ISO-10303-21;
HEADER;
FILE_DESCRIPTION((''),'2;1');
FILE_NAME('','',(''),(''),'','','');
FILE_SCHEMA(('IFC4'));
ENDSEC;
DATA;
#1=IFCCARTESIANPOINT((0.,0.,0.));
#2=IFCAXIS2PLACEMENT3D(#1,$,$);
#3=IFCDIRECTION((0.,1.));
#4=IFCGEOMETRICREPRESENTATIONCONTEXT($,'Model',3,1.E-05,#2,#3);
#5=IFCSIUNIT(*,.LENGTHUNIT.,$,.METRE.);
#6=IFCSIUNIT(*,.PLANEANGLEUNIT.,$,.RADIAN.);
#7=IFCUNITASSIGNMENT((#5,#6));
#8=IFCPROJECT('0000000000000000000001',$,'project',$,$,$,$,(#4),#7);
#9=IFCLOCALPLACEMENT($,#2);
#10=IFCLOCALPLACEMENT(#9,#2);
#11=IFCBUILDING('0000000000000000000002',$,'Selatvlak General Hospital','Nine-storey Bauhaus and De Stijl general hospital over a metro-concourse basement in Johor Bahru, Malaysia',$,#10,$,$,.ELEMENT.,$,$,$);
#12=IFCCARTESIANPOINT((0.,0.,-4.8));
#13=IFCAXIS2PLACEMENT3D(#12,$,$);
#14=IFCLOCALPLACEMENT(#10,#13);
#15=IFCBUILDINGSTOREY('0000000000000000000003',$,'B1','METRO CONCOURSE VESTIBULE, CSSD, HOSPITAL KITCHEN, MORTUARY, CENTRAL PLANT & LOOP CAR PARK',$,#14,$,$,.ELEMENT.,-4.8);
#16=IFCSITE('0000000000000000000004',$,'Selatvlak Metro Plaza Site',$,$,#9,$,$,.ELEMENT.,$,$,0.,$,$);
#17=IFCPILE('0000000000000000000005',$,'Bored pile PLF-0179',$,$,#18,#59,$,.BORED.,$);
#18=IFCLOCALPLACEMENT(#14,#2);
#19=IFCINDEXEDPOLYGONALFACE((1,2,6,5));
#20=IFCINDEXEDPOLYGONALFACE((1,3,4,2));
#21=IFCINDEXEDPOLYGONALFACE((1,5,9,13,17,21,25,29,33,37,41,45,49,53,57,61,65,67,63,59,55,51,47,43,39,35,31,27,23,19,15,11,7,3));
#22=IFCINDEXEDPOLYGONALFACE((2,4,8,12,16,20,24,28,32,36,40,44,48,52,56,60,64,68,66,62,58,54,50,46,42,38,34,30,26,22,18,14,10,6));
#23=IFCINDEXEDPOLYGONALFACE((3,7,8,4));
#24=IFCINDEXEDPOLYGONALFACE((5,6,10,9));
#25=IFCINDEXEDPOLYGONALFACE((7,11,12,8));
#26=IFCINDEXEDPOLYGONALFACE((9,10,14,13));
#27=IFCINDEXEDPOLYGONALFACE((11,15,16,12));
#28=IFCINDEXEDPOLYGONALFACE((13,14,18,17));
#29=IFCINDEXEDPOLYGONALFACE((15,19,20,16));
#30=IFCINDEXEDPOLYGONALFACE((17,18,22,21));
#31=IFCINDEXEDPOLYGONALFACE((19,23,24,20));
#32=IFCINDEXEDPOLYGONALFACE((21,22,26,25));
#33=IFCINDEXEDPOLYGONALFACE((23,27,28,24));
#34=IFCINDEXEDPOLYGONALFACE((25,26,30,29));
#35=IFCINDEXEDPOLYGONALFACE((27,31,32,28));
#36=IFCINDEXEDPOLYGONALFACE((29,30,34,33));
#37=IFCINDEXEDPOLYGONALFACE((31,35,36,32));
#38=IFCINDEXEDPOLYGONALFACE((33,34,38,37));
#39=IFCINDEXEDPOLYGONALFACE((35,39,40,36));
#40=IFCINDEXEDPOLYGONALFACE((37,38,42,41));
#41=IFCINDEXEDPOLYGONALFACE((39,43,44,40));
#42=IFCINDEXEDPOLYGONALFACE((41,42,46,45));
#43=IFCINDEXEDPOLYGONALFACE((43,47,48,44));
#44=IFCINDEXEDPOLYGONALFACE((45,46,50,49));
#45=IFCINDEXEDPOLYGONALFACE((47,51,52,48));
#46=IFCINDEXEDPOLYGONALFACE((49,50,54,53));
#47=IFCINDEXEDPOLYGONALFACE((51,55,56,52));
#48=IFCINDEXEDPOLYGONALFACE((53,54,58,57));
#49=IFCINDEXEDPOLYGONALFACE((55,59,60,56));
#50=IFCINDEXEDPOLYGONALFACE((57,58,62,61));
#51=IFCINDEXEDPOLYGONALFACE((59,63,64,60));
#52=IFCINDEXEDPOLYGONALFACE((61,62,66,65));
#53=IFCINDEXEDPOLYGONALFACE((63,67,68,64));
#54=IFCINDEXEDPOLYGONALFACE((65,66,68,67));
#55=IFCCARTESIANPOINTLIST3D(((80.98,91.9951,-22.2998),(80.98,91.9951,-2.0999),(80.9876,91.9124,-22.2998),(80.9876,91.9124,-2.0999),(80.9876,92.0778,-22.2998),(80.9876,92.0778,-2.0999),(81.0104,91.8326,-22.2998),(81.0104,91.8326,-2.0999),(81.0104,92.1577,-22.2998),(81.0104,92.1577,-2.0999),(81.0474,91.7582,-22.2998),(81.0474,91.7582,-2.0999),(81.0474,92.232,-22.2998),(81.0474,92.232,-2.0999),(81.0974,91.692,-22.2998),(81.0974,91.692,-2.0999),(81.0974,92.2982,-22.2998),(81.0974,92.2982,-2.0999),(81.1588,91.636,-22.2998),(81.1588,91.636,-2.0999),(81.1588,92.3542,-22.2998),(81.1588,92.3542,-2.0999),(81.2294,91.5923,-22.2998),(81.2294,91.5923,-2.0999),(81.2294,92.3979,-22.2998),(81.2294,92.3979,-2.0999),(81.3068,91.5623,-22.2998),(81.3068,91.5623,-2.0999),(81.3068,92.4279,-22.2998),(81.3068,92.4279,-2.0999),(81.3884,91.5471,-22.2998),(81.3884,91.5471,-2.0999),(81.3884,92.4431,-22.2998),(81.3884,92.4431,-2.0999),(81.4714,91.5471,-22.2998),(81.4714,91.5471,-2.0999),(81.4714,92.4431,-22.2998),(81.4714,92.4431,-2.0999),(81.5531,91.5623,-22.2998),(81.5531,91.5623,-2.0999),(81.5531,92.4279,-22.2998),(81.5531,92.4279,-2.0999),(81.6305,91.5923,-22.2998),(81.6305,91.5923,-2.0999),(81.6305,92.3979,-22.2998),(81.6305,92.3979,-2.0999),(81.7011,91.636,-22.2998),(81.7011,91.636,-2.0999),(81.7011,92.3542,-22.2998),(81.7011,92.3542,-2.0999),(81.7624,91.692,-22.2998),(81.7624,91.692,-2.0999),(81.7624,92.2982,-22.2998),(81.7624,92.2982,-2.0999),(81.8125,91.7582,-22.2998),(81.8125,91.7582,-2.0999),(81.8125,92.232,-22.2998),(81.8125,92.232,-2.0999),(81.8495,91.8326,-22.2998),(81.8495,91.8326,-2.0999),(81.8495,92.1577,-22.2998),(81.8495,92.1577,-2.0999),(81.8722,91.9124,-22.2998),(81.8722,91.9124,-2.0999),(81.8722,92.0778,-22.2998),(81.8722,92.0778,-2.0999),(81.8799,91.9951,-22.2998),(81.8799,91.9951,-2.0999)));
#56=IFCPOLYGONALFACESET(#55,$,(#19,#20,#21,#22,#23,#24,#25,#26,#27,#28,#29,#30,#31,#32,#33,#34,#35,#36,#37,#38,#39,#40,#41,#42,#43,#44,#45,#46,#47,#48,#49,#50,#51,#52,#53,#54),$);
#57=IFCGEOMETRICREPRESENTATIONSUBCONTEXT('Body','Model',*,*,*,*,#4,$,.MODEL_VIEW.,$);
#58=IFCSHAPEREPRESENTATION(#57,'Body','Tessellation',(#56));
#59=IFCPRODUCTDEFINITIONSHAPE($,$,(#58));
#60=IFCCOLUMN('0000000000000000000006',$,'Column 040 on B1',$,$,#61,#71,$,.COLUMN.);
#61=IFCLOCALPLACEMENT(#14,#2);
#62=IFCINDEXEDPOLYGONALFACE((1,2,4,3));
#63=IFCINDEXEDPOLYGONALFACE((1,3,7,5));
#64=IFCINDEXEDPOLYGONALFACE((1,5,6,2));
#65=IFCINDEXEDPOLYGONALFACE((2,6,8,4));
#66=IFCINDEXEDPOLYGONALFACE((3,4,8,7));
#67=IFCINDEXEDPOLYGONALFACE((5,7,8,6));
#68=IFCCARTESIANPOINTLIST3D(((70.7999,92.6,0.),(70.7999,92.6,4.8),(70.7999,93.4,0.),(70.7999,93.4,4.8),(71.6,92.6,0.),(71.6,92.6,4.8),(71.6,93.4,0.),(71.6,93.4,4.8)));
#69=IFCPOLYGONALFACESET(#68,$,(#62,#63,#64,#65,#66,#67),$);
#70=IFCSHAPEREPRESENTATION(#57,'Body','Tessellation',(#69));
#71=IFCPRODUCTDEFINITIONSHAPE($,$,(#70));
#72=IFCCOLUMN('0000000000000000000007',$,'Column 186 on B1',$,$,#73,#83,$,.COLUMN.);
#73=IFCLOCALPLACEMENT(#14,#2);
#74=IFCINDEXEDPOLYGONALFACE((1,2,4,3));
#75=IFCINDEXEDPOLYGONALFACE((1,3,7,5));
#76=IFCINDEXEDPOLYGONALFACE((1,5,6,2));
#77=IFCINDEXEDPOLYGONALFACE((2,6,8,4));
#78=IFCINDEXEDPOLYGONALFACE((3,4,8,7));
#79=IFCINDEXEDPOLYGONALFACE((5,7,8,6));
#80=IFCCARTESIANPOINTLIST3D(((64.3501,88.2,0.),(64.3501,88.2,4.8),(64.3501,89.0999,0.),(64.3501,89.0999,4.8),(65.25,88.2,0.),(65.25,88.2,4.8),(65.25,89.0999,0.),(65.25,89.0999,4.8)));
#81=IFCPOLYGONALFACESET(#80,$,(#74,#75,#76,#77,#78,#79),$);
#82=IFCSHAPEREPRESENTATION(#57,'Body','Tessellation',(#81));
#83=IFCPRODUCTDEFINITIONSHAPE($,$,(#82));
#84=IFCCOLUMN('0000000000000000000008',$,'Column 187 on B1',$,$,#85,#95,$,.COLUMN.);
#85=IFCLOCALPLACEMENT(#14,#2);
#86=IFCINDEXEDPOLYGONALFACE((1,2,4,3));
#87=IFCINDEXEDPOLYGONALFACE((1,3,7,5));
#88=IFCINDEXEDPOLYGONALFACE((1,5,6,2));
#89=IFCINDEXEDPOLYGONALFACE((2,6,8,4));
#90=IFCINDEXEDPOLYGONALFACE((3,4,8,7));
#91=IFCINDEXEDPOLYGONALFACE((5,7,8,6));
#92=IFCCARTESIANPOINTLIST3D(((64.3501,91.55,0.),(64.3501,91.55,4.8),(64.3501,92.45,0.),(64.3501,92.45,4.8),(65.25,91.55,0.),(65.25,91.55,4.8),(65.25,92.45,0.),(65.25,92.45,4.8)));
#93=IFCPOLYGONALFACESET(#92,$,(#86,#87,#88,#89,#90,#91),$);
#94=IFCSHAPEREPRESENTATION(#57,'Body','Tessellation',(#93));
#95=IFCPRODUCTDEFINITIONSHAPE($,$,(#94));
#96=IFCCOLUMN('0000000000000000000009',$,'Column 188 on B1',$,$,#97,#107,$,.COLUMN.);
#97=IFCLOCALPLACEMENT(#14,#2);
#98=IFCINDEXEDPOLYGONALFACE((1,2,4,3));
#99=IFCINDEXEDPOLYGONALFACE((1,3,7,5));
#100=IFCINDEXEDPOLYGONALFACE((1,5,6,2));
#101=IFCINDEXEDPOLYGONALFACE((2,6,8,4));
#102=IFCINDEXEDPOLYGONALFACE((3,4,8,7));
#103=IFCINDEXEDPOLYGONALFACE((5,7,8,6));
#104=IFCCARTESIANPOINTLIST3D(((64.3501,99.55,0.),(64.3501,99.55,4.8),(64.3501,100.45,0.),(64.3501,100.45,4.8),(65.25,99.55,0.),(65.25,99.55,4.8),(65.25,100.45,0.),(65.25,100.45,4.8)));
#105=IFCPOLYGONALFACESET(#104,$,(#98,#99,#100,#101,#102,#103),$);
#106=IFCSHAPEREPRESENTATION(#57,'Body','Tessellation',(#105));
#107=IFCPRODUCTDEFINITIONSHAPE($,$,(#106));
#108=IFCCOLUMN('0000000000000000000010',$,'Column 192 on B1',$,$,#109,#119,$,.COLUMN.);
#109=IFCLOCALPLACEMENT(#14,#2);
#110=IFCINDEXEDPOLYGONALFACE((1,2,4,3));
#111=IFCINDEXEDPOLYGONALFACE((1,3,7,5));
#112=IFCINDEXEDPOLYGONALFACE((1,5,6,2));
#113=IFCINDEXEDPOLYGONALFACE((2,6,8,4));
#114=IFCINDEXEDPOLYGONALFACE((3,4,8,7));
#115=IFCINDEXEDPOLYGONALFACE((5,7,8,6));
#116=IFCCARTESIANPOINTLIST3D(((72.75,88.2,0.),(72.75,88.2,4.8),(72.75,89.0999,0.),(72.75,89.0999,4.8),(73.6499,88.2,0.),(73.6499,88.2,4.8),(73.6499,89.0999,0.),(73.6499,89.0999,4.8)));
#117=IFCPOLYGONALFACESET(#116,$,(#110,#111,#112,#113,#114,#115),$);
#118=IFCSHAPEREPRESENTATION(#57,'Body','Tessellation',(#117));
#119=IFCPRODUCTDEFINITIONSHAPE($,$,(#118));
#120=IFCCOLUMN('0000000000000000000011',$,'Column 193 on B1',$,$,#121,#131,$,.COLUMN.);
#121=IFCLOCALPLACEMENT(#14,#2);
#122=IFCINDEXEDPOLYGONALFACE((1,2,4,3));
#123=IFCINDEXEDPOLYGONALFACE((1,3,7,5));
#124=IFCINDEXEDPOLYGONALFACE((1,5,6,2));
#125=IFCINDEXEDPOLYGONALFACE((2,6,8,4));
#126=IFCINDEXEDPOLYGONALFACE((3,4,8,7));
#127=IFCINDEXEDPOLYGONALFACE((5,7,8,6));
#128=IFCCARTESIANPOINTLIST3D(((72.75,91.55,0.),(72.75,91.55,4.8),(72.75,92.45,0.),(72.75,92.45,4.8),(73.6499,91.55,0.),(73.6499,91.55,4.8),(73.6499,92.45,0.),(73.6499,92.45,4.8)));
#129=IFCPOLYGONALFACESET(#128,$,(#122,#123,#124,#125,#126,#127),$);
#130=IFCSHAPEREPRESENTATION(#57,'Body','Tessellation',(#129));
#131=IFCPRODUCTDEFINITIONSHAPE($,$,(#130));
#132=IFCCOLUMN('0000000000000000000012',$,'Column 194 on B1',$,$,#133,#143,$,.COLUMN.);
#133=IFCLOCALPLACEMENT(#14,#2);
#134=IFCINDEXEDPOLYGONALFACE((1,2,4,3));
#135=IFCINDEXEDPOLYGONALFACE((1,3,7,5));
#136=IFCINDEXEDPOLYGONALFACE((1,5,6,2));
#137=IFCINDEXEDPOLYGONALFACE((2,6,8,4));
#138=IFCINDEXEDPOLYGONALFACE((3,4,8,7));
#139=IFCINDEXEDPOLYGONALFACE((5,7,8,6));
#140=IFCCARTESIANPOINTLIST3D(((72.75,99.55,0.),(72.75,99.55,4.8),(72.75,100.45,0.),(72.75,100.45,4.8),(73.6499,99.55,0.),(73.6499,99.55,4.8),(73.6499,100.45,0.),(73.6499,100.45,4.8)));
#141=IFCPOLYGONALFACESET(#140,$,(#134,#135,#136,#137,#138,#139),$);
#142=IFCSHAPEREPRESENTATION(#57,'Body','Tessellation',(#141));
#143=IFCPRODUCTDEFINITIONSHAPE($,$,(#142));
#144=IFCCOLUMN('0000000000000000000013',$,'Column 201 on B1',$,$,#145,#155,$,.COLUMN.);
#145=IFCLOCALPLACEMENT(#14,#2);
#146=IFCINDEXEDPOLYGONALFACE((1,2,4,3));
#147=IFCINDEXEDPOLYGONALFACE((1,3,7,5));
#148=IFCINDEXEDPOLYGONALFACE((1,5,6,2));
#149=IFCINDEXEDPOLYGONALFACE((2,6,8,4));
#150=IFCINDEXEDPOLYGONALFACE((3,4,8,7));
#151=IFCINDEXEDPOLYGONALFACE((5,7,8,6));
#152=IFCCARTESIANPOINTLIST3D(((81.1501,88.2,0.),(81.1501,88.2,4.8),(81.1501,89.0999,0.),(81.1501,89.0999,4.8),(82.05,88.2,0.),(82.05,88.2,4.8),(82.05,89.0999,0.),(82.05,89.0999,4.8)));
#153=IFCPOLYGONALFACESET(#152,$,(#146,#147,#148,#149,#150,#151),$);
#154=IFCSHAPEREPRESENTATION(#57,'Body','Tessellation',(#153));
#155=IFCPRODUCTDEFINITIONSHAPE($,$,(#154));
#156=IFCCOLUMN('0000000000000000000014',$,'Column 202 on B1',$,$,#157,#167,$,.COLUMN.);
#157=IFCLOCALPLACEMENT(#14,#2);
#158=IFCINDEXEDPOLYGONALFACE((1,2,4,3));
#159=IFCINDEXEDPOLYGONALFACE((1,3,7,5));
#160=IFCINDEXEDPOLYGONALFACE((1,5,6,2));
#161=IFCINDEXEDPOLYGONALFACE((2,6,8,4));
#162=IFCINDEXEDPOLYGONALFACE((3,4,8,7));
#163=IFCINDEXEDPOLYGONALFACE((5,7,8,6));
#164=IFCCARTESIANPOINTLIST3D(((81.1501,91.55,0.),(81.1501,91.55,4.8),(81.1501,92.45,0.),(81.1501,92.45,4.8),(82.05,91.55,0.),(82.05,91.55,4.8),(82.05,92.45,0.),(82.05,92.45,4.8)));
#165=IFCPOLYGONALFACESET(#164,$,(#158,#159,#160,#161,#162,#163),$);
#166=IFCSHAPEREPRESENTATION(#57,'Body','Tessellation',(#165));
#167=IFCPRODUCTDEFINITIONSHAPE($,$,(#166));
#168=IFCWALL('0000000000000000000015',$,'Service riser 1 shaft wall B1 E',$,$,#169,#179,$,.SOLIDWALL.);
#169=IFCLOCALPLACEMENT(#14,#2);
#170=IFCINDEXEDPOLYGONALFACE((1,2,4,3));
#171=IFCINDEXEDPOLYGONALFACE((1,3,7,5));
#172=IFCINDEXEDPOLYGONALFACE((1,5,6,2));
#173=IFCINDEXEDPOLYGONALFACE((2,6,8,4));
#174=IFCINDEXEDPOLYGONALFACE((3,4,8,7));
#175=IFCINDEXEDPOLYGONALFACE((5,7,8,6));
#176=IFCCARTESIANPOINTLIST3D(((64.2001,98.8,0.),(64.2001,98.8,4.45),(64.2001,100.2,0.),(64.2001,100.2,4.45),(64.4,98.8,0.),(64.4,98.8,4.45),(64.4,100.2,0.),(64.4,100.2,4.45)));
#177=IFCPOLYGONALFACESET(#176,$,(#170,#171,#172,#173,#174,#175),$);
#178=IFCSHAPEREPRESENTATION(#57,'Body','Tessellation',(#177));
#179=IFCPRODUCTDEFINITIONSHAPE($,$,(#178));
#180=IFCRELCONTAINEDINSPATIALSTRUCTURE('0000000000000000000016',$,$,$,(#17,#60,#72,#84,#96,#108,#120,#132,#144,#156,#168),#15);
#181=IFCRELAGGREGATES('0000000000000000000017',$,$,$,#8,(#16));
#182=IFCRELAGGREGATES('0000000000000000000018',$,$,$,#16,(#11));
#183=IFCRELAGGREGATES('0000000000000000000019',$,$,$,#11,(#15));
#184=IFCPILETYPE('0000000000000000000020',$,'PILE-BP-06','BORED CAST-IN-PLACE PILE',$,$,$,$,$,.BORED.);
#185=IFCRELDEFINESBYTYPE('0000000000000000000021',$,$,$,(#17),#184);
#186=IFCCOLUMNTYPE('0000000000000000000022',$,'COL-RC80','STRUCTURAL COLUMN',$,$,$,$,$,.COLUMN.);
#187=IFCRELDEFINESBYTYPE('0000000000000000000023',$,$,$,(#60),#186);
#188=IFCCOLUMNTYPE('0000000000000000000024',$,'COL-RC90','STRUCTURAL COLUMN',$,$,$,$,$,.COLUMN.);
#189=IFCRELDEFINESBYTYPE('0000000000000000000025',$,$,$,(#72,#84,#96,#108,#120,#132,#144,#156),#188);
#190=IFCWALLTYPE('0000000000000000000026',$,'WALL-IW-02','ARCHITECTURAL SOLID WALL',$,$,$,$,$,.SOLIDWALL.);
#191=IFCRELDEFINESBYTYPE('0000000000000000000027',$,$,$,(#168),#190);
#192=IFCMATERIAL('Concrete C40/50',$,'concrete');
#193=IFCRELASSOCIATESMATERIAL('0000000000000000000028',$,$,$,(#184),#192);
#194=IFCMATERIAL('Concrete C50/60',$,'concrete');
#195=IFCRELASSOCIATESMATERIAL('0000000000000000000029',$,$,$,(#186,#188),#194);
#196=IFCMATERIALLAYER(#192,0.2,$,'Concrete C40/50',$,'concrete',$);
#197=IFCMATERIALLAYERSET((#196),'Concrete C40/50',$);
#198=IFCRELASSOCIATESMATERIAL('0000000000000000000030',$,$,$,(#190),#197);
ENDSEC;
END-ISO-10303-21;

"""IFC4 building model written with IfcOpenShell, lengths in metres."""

from ifc_helpers import new_model, si_unit, direction, frame, frame_2d, origin, origin_2d, place, context, subcontext, project, spatial, rectangle, circle, extrude, material, layer, layer_set, material_profile, profile_set, type_object, element, save


model = new_model("IFC4")

# Units and contexts
model_context = context("Model", 3, precision=1e-05, world=origin(), true_north=direction((0.0, 1.0)))
body_context = subcontext(model_context, "Body", "Model", "MODEL_VIEW")
ifc_project = project(units=[si_unit("LENGTHUNIT", "METRE"), si_unit("PLANEANGLEUNIT", "RADIAN")], contexts=[model_context])

# Site, building, storey
site_placement = place(None, origin())
site = spatial("IfcSite", under=ifc_project, at=site_placement, Name="Selatvlak Metro Plaza Site", CompositionType="ELEMENT", RefElevation=0.0)
building_placement = place(site_placement, origin())
building = spatial("IfcBuilding", under=site, at=building_placement, Name="Selatvlak General Hospital", Description="Nine-storey Bauhaus and De Stijl general hospital over a metro-concourse basement in Johor Bahru, Malaysia", CompositionType="ELEMENT")
storey_placement = place(building_placement, frame((0.0, 0.0, -4.8)))
storey = spatial("IfcBuildingStorey", under=building, at=storey_placement, Name="B1", Description="METRO CONCOURSE VESTIBULE, CSSD, HOSPITAL KITCHEN, MORTUARY, CENTRAL PLANT & LOOP CAR PARK", CompositionType="ELEMENT", Elevation=-4.8)

# Shared definitions
ifc_material_1 = material(Name="Concrete C40/50", Category="concrete")

# Pile
ifc_material_profile_1 = material_profile(ifc_material_1, circle(Radius=0.45, at=origin_2d()), Name="BORED PILE 900")
ifc_profile_set_1 = profile_set([ifc_material_profile_1], Name="Concrete C40/50")
pile_type_1 = type_object("IfcPileType", Name="PILE-BP-06", Description="BORED CAST-IN-PLACE PILE", PredefinedType="BORED", material=ifc_profile_set_1)
for number, where, z_axis, x_axis, name in (
    (1, (81.4299, 91.9951, -2.0999), (0.0, 0.0, -1.0), (1.0, 0.0, 0.0), "Bored pile PLF-0179"),
):
    element("IfcPile", number, at=place(storey_placement, frame(where, z_axis=z_axis, x_axis=x_axis)), inside=storey, type_object=pile_type_1, Name=name, PredefinedType="BORED", context=body_context, shape_type="SweptSolid", body=[
        extrude(circle(Radius=0.45, at=origin_2d()), origin(), (0.0, 0.0, 1.0), 20.2),
    ])

# Columns
ifc_material_2 = material(Name="Concrete C50/60", Category="concrete")
ifc_material_profile_2 = material_profile(ifc_material_2, rectangle(XDim=0.8, YDim=0.8, at=origin_2d()), Name="RC-COL 800x800")
ifc_profile_set_2 = profile_set([ifc_material_profile_2], Name="Concrete C50/60")
column_type_1 = type_object("IfcColumnType", Name="COL-RC80", Description="STRUCTURAL COLUMN", PredefinedType="COLUMN", material=ifc_profile_set_2)
column_placement = place(storey_placement, frame((71.2, 93.0, 0.0), z_axis=(0.0, 0.0, 1.0), x_axis=(1.0, 0.0, 0.0)))
element("IfcColumn", 2, at=column_placement, inside=storey, type_object=column_type_1, Name="Column 040 on B1", PredefinedType="COLUMN", context=body_context, shape_type="SweptSolid", body=[
    extrude(rectangle(XDim=0.8, YDim=0.8, at=origin_2d()), origin(), (0.0, 0.0, 1.0), 4.8),
])
ifc_material_profile_3 = material_profile(ifc_material_2, rectangle(XDim=0.8999, YDim=0.8999, at=origin_2d()), Name="RC-COL 900x900")
ifc_profile_set_3 = profile_set([ifc_material_profile_3], Name="Concrete C50/60")
column_type_2 = type_object("IfcColumnType", Name="COL-RC90", Description="STRUCTURAL COLUMN", PredefinedType="COLUMN", material=ifc_profile_set_3)
for number, where, z_axis, x_axis, name in (
    (3, (64.8, 88.6499, 0.0), (0.0, 0.0, 1.0), (1.0, 0.0, 0.0), "Column 186 on B1"),
    (4, (64.8, 92.0, 0.0), (0.0, 0.0, 1.0), (1.0, 0.0, 0.0), "Column 187 on B1"),
    (5, (64.8, 100.0, 0.0), (0.0, 0.0, 1.0), (1.0, 0.0, 0.0), "Column 188 on B1"),
    (6, (73.2, 88.6499, 0.0), (0.0, 0.0, 1.0), (1.0, 0.0, 0.0), "Column 192 on B1"),
    (7, (73.2, 92.0, 0.0), (0.0, 0.0, 1.0), (1.0, 0.0, 0.0), "Column 193 on B1"),
    (8, (73.2, 100.0, 0.0), (0.0, 0.0, 1.0), (1.0, 0.0, 0.0), "Column 194 on B1"),
    (9, (81.6001, 88.6499, 0.0), (0.0, 0.0, 1.0), (1.0, 0.0, 0.0), "Column 201 on B1"),
    (10, (81.6001, 92.0, 0.0), (0.0, 0.0, 1.0), (1.0, 0.0, 0.0), "Column 202 on B1"),
):
    element("IfcColumn", number, at=place(storey_placement, frame(where, z_axis=z_axis, x_axis=x_axis)), inside=storey, type_object=column_type_2, Name=name, PredefinedType="COLUMN", context=body_context, shape_type="SweptSolid", body=[
        extrude(rectangle(XDim=0.8999, YDim=0.8999, at=origin_2d()), origin(), (0.0, 0.0, 1.0), 4.8),
    ])

# Wall
ifc_layer = layer(ifc_material_1, 0.2, Name="Concrete C40/50", Category="concrete")
ifc_layer_set = layer_set([ifc_layer], Name="Concrete C40/50")
wall_type = type_object("IfcWallType", Name="WALL-IW-02", Description="ARCHITECTURAL SOLID WALL", PredefinedType="SOLIDWALL", material=ifc_layer_set)
wall_placement = place(storey_placement, frame((64.3, 98.8, 0.0), z_axis=(0.0, 0.0, 1.0), x_axis=(0.0, 1.0, 0.0)))
element("IfcWall", 11, at=wall_placement, inside=storey, type_object=wall_type, Name="Service riser 1 shaft wall B1 E", PredefinedType="SOLIDWALL", context=body_context, shape_type="SweptSolid", body=[
    extrude(rectangle(XDim=1.3999, YDim=0.2, at=frame_2d((0.7, 0.0))), origin(), (0.0, 0.0, 1.0), 4.45),
])

save(model, "model.ifc")
